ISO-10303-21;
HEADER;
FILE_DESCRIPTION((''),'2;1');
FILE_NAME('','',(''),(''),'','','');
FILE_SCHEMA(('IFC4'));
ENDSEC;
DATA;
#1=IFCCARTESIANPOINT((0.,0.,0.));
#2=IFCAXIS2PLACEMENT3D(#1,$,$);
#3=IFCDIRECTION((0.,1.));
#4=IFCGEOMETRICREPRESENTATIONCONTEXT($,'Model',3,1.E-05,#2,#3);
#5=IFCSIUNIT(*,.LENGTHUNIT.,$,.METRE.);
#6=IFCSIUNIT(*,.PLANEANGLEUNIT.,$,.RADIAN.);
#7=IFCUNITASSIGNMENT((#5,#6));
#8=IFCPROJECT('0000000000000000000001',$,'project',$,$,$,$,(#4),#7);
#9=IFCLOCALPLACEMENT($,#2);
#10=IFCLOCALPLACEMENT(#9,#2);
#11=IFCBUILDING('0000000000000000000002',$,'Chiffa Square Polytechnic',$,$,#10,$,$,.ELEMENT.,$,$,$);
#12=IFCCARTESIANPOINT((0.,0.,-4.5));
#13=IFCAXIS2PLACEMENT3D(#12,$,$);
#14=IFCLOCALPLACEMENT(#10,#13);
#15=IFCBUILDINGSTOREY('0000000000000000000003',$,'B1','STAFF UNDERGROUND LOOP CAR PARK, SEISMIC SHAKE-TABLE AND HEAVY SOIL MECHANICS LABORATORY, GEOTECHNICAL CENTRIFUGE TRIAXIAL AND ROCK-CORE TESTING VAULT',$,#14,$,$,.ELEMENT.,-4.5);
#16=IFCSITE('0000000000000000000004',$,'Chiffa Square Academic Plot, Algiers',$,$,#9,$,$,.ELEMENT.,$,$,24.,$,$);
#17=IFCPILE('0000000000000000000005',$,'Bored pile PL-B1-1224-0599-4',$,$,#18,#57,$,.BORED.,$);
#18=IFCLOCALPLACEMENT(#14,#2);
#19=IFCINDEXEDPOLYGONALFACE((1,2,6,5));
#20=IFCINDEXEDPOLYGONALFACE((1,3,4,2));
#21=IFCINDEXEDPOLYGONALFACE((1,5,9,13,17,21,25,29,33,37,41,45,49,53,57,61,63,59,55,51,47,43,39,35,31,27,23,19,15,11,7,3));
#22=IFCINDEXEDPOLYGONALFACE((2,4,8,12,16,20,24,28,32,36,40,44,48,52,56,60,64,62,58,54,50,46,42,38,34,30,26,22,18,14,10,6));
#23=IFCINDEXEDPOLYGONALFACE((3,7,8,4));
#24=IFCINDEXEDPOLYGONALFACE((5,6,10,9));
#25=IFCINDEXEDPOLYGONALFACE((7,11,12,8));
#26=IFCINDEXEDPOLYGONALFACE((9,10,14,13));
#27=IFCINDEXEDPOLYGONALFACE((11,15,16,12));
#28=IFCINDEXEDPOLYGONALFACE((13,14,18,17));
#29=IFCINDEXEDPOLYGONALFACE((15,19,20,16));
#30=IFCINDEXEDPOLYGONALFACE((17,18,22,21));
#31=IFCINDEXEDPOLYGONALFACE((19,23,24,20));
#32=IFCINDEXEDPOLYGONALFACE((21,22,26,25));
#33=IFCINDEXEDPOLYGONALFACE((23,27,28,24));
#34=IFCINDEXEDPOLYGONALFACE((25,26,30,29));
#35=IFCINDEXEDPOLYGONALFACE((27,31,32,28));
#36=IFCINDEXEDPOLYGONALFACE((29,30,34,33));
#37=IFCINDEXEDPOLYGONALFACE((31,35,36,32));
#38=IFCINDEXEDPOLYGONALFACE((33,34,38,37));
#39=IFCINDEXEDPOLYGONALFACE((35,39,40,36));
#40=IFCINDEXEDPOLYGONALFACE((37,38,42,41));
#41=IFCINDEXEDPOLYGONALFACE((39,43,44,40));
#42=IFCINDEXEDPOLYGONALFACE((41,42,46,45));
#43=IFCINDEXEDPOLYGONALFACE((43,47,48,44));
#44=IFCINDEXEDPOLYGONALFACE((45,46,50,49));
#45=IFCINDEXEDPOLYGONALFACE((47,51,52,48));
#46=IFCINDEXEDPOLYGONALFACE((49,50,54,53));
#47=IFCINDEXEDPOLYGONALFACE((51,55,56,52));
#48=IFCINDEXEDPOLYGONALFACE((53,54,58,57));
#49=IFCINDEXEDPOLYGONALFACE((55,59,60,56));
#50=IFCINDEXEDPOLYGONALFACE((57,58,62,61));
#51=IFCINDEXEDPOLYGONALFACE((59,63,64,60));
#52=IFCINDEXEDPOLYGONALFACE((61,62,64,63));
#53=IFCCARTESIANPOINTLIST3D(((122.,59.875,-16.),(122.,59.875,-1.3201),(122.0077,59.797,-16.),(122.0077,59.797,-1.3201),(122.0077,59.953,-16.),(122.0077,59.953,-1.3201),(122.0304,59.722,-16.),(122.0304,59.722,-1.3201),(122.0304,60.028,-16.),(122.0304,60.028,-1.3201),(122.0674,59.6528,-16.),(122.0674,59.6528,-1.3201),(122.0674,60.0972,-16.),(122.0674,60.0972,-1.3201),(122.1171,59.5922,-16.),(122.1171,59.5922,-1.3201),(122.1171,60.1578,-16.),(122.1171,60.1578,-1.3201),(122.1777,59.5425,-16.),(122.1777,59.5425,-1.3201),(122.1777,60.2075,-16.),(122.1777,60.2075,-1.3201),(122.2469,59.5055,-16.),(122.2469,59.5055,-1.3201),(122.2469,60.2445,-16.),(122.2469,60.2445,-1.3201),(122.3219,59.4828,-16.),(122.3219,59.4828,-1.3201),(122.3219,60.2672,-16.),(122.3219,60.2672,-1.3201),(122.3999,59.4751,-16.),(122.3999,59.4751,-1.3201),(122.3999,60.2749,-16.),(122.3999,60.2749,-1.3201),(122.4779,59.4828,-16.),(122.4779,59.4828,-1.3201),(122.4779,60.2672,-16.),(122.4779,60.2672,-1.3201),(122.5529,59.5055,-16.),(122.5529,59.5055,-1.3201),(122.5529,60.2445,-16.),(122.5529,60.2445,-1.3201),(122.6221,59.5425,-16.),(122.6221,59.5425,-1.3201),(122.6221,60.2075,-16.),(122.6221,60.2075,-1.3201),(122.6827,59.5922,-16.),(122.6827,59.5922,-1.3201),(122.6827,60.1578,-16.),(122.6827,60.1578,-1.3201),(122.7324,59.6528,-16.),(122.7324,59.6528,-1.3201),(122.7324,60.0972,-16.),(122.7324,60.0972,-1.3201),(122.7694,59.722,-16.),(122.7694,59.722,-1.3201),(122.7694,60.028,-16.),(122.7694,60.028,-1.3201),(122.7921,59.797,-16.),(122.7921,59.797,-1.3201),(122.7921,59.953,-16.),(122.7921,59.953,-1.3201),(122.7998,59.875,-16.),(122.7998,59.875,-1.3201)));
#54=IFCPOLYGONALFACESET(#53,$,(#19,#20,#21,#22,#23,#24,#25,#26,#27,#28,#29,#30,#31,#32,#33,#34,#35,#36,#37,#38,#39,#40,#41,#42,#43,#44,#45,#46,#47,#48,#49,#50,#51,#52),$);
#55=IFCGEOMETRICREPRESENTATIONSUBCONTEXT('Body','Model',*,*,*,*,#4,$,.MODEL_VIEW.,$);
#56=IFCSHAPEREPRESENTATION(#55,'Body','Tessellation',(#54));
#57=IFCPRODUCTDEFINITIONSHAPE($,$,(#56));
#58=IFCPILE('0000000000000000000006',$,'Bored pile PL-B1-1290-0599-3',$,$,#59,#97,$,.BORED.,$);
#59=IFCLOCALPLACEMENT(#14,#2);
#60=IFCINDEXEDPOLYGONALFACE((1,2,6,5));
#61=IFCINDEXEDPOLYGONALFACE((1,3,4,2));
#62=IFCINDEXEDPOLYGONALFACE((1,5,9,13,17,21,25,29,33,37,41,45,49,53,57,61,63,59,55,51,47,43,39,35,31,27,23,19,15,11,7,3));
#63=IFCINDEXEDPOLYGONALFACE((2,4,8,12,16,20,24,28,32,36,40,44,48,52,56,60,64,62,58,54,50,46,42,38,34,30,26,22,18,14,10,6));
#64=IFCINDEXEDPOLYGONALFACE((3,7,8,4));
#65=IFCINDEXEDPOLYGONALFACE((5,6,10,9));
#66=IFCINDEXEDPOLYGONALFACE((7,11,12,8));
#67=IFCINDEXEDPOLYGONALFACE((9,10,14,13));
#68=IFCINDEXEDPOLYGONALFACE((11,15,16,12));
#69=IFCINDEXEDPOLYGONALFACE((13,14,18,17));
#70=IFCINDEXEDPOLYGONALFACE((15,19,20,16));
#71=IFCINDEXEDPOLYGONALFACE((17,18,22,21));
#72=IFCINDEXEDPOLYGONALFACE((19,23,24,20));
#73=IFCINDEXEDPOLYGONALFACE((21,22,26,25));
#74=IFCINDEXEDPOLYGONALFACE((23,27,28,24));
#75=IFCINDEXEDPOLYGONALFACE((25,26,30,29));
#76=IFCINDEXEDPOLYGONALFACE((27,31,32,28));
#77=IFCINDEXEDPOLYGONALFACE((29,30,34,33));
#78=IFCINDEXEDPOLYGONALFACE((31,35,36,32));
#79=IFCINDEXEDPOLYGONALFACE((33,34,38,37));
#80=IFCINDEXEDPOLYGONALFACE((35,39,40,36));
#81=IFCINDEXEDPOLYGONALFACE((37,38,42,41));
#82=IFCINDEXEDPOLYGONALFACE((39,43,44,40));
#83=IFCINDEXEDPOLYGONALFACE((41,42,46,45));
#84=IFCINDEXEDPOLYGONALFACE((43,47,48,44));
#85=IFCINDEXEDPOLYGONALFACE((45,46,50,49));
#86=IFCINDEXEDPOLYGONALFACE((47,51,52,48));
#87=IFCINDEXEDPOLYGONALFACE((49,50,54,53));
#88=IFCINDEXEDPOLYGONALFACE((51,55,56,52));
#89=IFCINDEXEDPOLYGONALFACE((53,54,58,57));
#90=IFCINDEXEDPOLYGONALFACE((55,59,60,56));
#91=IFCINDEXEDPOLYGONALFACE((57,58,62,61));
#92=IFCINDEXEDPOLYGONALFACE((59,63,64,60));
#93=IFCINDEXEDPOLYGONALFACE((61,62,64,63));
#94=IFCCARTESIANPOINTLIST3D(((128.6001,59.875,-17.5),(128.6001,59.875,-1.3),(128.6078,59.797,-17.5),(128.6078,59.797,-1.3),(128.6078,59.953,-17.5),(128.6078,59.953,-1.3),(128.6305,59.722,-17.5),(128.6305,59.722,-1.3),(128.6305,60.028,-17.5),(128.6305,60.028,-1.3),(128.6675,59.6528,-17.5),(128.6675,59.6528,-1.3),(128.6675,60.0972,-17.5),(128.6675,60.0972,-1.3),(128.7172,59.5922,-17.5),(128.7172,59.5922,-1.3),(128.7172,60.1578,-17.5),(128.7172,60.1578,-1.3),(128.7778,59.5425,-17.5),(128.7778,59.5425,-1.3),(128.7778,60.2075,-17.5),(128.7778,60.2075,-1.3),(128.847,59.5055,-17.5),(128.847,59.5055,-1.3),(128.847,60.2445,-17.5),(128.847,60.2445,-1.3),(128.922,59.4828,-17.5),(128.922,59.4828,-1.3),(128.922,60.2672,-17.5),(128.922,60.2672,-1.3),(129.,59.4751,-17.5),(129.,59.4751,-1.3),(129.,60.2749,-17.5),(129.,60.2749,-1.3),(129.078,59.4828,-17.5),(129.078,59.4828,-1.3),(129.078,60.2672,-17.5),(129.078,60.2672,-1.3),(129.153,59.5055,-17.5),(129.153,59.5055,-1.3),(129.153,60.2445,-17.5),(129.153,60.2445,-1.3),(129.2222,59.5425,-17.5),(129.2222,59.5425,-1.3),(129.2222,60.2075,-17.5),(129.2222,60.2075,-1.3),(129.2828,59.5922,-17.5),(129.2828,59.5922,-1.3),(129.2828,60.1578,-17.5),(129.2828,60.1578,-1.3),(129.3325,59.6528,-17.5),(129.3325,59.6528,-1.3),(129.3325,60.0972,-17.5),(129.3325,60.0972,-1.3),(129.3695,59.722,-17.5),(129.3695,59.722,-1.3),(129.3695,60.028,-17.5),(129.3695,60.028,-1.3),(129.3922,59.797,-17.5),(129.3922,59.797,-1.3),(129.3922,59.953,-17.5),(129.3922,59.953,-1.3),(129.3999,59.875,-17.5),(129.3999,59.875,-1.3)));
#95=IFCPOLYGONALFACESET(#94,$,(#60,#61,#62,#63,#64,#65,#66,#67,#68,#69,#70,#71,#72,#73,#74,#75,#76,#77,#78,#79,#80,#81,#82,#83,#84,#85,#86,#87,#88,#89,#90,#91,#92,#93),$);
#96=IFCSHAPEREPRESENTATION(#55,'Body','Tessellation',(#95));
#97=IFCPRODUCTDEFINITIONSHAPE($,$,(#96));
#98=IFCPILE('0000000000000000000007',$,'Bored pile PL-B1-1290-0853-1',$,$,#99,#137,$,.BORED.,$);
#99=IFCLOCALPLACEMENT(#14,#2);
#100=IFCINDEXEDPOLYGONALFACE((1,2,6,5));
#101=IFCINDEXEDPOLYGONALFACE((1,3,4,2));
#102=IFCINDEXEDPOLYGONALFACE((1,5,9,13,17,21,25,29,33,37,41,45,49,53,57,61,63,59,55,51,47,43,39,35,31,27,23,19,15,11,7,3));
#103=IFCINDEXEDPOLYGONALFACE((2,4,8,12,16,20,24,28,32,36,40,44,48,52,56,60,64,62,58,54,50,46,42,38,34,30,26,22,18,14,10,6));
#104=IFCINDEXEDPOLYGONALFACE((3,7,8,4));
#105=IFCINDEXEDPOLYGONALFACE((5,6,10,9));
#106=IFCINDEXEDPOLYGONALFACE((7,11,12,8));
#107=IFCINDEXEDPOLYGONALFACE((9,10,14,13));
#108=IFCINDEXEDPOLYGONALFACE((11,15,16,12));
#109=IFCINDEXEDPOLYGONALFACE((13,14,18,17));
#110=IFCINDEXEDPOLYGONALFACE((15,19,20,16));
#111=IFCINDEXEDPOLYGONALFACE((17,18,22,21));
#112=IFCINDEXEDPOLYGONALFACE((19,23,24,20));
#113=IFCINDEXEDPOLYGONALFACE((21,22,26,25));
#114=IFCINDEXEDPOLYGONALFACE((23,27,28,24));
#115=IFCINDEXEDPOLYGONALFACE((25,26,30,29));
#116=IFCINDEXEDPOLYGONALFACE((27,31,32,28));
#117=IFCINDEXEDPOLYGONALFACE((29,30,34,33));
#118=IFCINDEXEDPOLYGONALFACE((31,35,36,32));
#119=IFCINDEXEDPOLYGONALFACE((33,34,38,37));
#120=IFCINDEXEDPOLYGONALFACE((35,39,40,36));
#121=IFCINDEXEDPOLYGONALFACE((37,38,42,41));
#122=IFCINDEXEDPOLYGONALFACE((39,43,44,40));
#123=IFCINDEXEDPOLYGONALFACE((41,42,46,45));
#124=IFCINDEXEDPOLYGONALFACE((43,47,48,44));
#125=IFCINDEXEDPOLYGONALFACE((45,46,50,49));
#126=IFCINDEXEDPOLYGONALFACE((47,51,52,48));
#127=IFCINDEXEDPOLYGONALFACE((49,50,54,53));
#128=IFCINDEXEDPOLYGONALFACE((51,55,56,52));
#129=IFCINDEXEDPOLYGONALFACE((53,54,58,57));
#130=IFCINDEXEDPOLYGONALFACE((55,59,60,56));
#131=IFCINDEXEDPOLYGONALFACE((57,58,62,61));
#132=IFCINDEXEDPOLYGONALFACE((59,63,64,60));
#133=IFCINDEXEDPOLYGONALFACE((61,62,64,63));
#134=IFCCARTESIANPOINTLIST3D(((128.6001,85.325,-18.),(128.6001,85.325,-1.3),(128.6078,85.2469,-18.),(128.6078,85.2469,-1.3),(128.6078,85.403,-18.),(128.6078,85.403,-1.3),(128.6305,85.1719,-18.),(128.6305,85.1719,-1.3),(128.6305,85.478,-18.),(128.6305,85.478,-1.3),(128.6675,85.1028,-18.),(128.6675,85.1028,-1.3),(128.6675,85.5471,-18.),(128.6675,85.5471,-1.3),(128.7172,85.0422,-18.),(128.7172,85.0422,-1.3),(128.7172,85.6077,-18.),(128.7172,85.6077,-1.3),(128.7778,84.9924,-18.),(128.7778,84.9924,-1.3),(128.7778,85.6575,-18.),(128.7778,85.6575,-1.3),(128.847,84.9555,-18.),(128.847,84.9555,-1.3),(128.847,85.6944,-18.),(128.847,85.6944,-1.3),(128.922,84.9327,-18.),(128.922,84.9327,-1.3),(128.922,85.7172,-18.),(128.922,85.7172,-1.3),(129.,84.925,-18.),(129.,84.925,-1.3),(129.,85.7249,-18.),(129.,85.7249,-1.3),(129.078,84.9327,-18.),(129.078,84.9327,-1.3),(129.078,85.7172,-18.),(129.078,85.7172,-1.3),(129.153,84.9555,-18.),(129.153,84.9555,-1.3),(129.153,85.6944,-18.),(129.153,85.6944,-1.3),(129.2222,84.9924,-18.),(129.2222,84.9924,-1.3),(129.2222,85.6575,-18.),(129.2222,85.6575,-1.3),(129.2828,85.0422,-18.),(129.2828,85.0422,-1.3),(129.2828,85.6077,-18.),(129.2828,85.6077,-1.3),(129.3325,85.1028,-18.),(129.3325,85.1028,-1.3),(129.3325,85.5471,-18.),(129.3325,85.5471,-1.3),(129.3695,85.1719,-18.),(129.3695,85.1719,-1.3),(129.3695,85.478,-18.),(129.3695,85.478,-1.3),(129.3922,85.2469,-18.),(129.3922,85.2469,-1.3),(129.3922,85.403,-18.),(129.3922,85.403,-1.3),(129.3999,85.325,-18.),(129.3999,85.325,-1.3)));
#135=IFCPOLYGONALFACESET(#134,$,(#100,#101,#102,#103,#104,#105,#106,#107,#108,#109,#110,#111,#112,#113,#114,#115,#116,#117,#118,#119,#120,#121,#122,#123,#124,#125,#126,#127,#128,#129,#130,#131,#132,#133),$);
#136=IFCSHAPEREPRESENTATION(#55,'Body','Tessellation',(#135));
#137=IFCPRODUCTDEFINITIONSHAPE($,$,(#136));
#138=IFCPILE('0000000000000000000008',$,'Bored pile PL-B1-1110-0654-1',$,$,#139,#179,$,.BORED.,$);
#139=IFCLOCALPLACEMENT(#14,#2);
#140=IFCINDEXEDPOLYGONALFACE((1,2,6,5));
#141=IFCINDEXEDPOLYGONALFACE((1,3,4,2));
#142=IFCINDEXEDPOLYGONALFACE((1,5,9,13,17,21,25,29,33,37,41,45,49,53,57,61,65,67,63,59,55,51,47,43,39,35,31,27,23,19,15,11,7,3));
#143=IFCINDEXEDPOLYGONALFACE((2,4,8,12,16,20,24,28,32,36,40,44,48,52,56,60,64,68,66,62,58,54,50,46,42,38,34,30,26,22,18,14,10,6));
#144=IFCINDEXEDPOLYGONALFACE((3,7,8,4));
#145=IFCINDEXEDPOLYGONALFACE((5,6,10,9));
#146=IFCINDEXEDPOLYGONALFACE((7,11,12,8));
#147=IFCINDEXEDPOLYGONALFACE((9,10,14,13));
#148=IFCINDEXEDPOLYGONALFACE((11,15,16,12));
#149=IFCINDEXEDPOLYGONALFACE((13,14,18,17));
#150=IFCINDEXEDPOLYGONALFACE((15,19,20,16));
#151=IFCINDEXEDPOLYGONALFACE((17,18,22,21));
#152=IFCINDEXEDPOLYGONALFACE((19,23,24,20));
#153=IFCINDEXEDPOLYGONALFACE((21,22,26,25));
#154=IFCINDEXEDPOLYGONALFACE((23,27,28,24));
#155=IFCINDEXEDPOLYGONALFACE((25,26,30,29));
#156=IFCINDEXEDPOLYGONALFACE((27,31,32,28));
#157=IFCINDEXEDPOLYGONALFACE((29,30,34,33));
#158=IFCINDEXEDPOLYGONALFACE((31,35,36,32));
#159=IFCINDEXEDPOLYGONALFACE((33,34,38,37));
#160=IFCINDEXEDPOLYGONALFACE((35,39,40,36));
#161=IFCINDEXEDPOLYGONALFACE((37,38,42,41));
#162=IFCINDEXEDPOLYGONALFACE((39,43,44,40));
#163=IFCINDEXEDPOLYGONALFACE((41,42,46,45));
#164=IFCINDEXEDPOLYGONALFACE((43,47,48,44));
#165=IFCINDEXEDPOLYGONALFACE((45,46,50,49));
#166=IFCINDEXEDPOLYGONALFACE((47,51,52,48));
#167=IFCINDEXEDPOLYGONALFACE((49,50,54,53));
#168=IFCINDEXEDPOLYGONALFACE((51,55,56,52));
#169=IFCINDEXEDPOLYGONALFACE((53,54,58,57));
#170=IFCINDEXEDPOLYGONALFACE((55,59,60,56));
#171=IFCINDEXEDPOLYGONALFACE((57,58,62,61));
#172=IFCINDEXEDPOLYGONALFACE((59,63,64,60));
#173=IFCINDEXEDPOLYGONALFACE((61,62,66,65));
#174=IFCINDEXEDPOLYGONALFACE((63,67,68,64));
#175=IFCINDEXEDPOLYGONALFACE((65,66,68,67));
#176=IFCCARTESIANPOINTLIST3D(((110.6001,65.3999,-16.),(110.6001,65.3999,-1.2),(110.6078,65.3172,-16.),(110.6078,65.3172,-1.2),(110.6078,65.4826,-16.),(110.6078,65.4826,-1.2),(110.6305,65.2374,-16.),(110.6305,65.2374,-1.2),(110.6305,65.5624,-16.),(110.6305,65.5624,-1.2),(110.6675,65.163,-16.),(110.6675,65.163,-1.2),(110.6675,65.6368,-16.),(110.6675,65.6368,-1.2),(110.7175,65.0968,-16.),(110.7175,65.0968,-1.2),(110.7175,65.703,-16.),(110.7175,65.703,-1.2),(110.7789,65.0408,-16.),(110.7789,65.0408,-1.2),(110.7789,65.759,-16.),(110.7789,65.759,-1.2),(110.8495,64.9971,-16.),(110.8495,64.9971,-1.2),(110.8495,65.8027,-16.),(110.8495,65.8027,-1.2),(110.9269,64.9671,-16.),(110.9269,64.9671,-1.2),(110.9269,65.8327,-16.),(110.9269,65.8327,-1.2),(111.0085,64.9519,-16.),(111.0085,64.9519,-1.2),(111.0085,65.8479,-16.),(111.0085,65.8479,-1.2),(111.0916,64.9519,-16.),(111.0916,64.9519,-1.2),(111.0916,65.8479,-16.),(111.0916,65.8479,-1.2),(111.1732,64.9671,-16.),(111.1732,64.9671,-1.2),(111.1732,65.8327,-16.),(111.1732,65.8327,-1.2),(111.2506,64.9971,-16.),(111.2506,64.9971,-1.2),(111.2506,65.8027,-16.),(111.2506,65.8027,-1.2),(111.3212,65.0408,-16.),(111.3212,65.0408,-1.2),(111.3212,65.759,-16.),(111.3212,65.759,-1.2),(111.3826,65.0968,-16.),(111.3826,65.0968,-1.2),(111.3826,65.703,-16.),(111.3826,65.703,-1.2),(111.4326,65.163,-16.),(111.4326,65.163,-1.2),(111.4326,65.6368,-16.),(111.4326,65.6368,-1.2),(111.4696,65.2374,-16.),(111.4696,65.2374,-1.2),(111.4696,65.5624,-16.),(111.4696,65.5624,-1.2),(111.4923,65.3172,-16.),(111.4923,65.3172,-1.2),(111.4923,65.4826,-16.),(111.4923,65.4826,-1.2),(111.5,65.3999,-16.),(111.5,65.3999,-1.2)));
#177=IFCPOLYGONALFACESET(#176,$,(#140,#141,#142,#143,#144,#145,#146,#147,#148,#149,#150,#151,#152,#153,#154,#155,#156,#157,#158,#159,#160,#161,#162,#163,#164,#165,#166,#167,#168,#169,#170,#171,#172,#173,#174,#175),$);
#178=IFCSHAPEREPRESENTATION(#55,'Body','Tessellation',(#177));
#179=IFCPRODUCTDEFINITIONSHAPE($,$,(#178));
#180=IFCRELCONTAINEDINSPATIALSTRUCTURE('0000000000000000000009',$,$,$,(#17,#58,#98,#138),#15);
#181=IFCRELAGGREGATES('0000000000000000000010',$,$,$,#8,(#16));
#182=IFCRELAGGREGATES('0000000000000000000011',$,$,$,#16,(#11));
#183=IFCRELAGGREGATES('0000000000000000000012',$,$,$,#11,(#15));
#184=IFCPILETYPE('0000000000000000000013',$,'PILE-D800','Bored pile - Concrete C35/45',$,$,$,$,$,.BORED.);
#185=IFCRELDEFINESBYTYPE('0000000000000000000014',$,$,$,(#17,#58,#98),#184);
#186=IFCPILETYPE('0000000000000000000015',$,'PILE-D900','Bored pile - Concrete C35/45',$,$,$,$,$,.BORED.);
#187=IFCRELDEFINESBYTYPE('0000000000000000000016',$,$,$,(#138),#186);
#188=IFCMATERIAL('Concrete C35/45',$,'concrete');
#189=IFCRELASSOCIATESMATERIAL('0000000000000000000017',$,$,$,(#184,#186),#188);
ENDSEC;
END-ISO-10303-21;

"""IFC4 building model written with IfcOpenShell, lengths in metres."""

from ifc_helpers import new_model, si_unit, direction, frame, origin, origin_2d, place, context, subcontext, project, spatial, circle, extrude, material, material_profile, profile_set, type_object, element, save


model = new_model("IFC4")

# Units and contexts
model_context = context("Model", 3, precision=1e-05, world=origin(), true_north=direction((0.0, 1.0)))
body_context = subcontext(model_context, "Body", "Model", "MODEL_VIEW")
ifc_project = project(units=[si_unit("LENGTHUNIT", "METRE"), si_unit("PLANEANGLEUNIT", "RADIAN")], contexts=[model_context])

# Site, building, storey
site_placement = place(None, origin())
site = spatial("IfcSite", under=ifc_project, at=site_placement, Name="Chiffa Square Academic Plot, Algiers", CompositionType="ELEMENT", RefElevation=24.0)
building_placement = place(site_placement, origin())
building = spatial("IfcBuilding", under=site, at=building_placement, Name="Chiffa Square Polytechnic", CompositionType="ELEMENT")
storey_placement = place(building_placement, frame((0.0, 0.0, -4.5)))
storey = spatial("IfcBuildingStorey", under=building, at=storey_placement, Name="B1", Description="STAFF UNDERGROUND LOOP CAR PARK, SEISMIC SHAKE-TABLE AND HEAVY SOIL MECHANICS LABORATORY, GEOTECHNICAL CENTRIFUGE TRIAXIAL AND ROCK-CORE TESTING VAULT", CompositionType="ELEMENT", Elevation=-4.5)

# Shared definitions
ifc_material = material(Name="Concrete C35/45", Category="concrete")

# Piles
ifc_material_profile_1 = material_profile(ifc_material, circle(Radius=0.3999, at=origin_2d()), Name="PILE D800")
ifc_profile_set_1 = profile_set([ifc_material_profile_1], Name="Concrete C35/45")
pile_type_1 = type_object("IfcPileType", Name="PILE-D800", Description="Bored pile - Concrete C35/45", PredefinedType="BORED", material=ifc_profile_set_1)
for number, where, z_axis, x_axis, name in (
    (1, (122.3999, 59.875, -1.3201), (0.0, 0.0, -1.0), (1.0, 0.0, 0.0), "Bored pile PL-B1-1224-0599-4"),
):
    element("IfcPile", number, at=place(storey_placement, frame(where, z_axis=z_axis, x_axis=x_axis)), inside=storey, type_object=pile_type_1, Name=name, PredefinedType="BORED", context=body_context, shape_type="SweptSolid", body=[
        extrude(circle(Radius=0.3999, at=origin_2d()), origin(), (0.0, 0.0, 1.0), 14.6799),
    ])
pile_1_placement = place(storey_placement, frame((129.0, 59.875, -1.3), z_axis=(0.0, 0.0, -1.0), x_axis=(1.0, 0.0, 0.0)))
element("IfcPile", 2, at=pile_1_placement, inside=storey, type_object=pile_type_1, Name="Bored pile PL-B1-1290-0599-3", PredefinedType="BORED", context=body_context, shape_type="SweptSolid", body=[
    extrude(circle(Radius=0.3999, at=origin_2d()), origin(), (0.0, 0.0, 1.0), 16.2),
])
pile_2_placement = place(storey_placement, frame((129.0, 85.325, -1.3), z_axis=(0.0, 0.0, -1.0), x_axis=(1.0, 0.0, 0.0)))
element("IfcPile", 3, at=pile_2_placement, inside=storey, type_object=pile_type_1, Name="Bored pile PL-B1-1290-0853-1", PredefinedType="BORED", context=body_context, shape_type="SweptSolid", body=[
    extrude(circle(Radius=0.3999, at=origin_2d()), origin(), (0.0, 0.0, 1.0), 16.7),
])
ifc_material_profile_2 = material_profile(ifc_material, circle(Radius=0.45, at=origin_2d()), Name="PILE D900")
ifc_profile_set_2 = profile_set([ifc_material_profile_2], Name="Concrete C35/45")
pile_type_2 = type_object("IfcPileType", Name="PILE-D900", Description="Bored pile - Concrete C35/45", PredefinedType="BORED", material=ifc_profile_set_2)
for number, where, z_axis, x_axis, name in (
    (4, (111.05, 65.3999, -1.2), (0.0, 0.0, -1.0), (1.0, 0.0, 0.0), "Bored pile PL-B1-1110-0654-1"),
):
    element("IfcPile", number, at=place(storey_placement, frame(where, z_axis=z_axis, x_axis=x_axis)), inside=storey, type_object=pile_type_2, Name=name, PredefinedType="BORED", context=body_context, shape_type="SweptSolid", body=[
        extrude(circle(Radius=0.45, at=origin_2d()), origin(), (0.0, 0.0, 1.0), 14.8),
    ])

save(model, "model.ifc")
